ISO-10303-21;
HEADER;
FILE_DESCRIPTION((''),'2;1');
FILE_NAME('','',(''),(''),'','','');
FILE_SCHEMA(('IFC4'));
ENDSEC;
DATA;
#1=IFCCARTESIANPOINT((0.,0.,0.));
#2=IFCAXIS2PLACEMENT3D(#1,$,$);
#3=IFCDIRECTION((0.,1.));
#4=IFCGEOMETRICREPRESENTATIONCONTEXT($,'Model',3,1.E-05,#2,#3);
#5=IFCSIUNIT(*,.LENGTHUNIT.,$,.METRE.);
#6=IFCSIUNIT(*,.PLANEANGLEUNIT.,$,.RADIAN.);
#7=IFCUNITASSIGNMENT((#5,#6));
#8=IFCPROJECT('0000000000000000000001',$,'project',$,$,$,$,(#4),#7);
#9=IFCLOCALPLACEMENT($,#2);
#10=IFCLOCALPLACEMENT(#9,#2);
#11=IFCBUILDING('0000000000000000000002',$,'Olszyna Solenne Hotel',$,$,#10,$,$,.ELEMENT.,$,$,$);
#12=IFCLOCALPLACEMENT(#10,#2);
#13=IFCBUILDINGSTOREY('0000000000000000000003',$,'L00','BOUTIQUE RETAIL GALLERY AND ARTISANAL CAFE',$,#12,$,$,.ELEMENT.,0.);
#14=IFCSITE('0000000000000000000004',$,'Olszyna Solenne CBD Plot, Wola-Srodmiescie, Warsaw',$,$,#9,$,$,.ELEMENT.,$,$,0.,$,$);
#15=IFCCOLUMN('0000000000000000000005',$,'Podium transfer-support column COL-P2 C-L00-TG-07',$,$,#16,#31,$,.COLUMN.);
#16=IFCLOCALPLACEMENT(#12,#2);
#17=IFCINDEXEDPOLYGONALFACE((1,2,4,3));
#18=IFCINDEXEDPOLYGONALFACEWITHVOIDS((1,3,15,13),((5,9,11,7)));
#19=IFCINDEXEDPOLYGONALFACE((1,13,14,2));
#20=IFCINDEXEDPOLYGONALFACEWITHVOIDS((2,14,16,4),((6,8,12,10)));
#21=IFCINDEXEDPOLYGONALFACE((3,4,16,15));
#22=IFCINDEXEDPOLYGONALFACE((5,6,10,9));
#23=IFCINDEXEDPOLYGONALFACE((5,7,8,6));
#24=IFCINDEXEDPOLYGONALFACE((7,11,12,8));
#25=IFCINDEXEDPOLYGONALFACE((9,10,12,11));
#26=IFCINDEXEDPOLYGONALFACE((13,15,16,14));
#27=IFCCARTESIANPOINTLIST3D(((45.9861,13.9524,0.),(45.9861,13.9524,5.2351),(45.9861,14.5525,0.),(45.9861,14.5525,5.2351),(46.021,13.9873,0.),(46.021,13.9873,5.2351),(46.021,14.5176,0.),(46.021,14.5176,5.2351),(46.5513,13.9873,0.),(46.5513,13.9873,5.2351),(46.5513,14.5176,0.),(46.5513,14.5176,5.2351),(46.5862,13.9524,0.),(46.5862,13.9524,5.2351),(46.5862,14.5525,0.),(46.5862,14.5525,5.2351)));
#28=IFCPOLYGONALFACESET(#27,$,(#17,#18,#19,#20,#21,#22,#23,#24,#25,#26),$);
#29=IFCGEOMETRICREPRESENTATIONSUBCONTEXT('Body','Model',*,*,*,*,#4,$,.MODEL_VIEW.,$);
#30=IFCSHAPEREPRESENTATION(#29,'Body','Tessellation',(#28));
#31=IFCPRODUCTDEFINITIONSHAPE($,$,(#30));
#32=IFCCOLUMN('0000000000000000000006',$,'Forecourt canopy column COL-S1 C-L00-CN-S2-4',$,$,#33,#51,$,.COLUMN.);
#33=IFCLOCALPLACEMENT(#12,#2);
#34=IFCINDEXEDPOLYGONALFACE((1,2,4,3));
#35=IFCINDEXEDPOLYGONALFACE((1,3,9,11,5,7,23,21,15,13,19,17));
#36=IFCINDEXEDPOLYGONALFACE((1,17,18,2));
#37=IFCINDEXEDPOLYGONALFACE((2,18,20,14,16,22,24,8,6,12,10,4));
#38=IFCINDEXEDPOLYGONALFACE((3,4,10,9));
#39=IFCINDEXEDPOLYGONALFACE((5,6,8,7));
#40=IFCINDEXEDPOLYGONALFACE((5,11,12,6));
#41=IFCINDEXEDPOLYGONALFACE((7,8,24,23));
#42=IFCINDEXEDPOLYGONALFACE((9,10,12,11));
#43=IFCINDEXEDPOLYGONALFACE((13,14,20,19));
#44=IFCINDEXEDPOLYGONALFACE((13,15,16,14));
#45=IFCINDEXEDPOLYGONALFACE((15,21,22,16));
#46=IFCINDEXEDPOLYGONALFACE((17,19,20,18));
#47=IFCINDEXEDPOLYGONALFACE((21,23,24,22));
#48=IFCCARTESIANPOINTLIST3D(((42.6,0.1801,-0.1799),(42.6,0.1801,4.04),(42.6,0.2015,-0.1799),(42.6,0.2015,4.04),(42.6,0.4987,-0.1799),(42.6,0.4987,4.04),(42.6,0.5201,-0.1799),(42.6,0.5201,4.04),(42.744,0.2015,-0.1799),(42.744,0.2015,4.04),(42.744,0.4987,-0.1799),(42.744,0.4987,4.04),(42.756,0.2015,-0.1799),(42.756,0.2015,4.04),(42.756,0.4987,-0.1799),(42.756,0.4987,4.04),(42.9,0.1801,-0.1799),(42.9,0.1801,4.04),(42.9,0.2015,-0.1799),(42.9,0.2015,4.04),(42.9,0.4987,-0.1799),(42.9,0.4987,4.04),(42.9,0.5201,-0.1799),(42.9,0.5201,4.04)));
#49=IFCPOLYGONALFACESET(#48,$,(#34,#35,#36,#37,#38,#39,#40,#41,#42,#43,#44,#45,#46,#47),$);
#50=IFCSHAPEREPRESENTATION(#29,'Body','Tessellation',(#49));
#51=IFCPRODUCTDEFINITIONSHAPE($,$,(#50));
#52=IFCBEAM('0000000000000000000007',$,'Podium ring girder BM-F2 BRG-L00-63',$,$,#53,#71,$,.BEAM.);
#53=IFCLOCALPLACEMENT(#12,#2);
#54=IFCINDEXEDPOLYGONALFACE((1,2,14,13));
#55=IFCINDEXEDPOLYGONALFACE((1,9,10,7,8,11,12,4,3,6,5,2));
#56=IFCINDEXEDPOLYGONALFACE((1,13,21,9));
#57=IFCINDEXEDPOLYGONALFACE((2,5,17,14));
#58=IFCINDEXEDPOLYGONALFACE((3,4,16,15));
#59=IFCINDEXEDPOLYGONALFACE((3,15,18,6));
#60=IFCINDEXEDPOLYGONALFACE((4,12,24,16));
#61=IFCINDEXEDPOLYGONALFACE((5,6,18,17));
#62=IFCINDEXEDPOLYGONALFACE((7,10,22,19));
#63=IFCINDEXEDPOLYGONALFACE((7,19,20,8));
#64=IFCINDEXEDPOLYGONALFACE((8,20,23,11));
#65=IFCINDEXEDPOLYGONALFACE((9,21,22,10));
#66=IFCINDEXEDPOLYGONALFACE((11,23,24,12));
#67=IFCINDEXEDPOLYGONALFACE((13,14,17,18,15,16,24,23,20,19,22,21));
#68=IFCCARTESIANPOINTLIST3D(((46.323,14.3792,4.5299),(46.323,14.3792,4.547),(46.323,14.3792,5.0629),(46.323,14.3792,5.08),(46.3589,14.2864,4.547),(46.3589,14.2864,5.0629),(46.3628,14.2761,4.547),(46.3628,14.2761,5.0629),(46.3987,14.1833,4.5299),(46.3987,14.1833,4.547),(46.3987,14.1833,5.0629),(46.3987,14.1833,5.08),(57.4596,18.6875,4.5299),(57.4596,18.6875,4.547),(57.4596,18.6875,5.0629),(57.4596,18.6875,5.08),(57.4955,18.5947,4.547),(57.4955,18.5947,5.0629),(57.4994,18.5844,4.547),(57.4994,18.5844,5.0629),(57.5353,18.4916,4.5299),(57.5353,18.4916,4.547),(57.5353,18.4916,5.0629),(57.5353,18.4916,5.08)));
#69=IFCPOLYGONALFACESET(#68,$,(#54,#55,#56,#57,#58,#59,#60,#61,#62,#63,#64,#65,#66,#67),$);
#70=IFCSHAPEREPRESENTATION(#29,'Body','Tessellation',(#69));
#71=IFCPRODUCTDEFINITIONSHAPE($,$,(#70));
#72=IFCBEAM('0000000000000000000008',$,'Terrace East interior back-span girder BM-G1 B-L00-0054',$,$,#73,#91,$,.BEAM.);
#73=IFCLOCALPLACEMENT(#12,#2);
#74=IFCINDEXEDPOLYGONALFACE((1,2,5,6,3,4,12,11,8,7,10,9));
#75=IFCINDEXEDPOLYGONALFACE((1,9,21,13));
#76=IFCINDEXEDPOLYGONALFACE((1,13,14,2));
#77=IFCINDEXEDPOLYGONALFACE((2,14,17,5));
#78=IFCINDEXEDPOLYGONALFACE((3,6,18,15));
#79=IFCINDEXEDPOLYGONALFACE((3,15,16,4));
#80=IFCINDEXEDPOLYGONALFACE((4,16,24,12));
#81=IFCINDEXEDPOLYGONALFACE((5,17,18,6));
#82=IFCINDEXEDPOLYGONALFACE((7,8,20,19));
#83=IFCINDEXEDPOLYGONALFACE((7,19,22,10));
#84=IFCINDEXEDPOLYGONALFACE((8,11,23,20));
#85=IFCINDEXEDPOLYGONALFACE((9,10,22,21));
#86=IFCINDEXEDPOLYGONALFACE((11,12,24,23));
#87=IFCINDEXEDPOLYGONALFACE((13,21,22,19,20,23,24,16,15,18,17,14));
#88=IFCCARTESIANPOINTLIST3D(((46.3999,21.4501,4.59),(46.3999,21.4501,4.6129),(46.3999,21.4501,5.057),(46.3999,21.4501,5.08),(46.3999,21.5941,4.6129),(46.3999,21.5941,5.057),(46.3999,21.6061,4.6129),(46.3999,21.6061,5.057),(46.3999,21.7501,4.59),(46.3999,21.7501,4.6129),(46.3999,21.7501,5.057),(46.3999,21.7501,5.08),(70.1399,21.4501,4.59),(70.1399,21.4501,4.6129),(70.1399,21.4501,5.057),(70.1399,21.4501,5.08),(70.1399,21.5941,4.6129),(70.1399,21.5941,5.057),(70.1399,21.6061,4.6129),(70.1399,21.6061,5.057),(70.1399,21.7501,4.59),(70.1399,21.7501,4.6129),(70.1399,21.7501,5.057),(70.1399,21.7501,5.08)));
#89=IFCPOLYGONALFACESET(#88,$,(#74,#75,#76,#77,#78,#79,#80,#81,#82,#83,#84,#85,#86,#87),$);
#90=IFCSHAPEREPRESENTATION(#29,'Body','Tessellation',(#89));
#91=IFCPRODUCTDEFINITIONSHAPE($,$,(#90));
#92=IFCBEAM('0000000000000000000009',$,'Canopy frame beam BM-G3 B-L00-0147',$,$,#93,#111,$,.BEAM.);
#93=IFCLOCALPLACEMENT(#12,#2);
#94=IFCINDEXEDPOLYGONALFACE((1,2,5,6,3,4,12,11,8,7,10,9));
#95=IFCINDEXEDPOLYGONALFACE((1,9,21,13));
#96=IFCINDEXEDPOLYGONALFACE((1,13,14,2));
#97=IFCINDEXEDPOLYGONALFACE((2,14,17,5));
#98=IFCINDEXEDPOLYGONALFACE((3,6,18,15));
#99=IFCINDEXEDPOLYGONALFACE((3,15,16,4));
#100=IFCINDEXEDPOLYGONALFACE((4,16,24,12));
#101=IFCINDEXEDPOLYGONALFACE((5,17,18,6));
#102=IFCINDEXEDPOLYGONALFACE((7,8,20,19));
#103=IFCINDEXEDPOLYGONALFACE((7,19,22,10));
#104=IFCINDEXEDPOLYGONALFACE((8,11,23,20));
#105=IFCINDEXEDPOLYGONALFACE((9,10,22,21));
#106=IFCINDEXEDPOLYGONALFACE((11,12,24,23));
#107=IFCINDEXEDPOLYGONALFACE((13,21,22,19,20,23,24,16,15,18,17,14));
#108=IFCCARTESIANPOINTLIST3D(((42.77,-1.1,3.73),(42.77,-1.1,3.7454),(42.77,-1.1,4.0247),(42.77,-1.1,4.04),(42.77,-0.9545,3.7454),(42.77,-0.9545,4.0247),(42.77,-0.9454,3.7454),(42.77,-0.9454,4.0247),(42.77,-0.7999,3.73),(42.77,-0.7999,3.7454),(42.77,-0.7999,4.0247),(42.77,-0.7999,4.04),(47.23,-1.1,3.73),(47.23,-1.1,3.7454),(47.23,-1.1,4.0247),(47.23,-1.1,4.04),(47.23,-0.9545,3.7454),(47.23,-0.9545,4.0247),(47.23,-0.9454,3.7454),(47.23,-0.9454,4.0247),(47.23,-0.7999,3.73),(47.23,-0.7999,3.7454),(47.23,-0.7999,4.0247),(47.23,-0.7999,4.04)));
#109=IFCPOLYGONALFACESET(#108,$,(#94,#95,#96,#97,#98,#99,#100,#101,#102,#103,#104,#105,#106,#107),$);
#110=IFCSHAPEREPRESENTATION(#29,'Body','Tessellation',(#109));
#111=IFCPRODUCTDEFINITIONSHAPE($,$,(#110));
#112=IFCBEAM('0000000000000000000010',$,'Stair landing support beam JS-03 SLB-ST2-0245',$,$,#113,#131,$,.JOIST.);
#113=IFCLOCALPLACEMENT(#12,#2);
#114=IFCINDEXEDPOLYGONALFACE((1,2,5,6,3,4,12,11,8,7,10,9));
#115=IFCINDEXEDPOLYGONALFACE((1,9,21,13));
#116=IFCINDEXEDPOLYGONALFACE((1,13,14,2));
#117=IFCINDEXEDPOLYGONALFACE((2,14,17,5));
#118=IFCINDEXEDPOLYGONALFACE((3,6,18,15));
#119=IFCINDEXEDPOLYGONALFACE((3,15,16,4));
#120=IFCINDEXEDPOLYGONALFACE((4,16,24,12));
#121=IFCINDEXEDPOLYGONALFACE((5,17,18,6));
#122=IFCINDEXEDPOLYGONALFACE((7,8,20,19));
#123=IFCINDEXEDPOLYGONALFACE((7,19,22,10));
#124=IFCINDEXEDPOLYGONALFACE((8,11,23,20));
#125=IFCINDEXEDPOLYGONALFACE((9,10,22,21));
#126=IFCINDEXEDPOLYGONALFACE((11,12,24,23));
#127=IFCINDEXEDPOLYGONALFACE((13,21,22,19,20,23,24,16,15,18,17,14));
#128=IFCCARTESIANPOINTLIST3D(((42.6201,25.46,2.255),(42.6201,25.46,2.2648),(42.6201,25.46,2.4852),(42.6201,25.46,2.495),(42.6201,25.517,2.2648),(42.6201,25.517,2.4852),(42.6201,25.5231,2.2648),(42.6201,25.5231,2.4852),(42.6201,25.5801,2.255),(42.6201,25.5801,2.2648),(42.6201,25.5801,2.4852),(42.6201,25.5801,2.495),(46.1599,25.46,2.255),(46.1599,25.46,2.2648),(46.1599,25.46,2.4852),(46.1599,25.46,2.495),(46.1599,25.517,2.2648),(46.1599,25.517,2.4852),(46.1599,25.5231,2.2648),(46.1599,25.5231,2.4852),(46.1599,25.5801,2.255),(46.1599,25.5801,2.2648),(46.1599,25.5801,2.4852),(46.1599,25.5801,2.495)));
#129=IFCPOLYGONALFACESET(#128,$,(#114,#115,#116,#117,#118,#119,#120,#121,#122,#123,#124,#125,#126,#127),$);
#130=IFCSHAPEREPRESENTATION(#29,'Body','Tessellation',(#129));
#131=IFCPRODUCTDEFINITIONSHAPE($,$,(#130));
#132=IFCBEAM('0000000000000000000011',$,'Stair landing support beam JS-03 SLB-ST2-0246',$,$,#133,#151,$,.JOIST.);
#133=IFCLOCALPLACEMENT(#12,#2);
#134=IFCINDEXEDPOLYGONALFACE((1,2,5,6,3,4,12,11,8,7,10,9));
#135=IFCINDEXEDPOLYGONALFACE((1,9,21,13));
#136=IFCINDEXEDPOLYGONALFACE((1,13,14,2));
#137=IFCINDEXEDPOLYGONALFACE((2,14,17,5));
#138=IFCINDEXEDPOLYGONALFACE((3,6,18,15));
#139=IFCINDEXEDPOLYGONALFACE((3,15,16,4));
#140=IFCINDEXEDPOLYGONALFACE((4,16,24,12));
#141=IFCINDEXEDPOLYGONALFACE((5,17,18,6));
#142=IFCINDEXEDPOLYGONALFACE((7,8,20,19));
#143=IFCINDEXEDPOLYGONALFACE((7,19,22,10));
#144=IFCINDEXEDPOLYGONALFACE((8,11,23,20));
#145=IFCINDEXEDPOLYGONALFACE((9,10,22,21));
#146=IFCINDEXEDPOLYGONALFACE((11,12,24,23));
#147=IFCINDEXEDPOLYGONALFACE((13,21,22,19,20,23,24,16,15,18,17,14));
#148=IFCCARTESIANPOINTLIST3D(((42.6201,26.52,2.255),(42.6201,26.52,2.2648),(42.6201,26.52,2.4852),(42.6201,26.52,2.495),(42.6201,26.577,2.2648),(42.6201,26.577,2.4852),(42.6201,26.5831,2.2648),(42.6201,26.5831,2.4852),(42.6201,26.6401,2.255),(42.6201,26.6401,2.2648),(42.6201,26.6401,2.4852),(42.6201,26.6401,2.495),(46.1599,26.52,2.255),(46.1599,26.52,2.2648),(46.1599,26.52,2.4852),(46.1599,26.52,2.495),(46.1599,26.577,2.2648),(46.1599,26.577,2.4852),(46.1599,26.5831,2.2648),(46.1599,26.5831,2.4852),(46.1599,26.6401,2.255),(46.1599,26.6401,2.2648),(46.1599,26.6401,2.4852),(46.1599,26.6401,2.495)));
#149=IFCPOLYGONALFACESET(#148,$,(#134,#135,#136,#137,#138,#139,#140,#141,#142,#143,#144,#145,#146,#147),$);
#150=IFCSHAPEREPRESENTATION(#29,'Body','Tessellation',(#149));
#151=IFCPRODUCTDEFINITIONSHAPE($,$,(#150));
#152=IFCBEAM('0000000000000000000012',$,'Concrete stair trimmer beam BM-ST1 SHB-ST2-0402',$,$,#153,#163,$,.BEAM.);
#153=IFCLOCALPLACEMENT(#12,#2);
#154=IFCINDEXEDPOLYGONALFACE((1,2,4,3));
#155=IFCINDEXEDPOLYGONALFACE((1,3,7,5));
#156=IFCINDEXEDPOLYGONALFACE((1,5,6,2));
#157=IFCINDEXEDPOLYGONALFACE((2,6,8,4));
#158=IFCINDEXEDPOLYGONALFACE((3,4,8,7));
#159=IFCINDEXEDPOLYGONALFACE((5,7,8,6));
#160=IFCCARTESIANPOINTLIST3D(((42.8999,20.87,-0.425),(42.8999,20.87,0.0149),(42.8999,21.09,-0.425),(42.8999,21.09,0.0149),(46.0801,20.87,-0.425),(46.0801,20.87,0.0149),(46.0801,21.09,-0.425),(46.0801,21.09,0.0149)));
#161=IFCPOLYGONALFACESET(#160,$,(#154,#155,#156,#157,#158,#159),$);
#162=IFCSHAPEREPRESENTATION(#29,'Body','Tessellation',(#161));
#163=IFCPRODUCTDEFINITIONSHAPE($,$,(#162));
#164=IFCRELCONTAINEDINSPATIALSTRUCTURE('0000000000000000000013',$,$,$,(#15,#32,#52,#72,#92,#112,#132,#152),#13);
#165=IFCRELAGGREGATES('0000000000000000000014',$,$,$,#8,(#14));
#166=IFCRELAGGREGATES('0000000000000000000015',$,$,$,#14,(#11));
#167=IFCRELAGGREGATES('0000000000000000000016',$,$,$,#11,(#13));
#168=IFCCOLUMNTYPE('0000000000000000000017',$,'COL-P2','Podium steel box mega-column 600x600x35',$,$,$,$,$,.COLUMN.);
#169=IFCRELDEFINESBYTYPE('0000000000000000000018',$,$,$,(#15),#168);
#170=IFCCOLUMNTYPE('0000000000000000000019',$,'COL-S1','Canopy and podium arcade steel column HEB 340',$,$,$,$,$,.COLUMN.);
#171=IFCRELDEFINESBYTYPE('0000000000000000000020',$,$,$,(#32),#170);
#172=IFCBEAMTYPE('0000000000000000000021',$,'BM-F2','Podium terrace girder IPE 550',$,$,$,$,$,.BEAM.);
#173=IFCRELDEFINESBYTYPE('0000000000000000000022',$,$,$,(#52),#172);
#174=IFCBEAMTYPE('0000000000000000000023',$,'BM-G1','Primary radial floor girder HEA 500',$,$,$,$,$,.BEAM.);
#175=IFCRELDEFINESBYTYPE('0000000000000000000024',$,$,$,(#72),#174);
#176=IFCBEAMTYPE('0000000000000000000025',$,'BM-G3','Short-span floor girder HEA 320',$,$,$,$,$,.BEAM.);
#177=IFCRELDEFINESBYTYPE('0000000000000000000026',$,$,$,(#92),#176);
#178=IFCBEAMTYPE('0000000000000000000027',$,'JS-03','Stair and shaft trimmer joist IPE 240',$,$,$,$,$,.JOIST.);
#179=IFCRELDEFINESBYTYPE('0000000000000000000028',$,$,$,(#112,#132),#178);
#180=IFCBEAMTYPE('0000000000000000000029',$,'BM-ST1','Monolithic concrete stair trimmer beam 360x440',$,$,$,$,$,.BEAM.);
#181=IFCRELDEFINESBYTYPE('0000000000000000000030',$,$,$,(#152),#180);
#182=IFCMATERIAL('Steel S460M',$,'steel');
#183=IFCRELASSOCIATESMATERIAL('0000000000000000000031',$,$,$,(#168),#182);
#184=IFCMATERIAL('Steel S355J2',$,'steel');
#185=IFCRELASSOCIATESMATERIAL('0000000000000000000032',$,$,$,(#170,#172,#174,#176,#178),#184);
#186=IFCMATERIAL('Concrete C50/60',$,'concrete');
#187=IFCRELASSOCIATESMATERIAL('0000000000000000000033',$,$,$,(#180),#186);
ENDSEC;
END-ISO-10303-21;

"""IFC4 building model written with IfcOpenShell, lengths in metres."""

from ifc_helpers import new_model, si_unit, direction, frame, origin, origin_2d, place, context, subcontext, project, spatial, rectangle, hollow_rectangle, i_section, extrude, source, transform, mapped, material, material_profile, profile_set, type_object, element, save


model = new_model("IFC4")

# Units and contexts
model_context = context("Model", 3, precision=1e-05, world=origin(), true_north=direction((0.0, 1.0)))
body_context = subcontext(model_context, "Body", "Model", "MODEL_VIEW")
ifc_project = project(units=[si_unit("LENGTHUNIT", "METRE"), si_unit("PLANEANGLEUNIT", "RADIAN")], contexts=[model_context])

# Site, building, storey
site_placement = place(None, origin())
site = spatial("IfcSite", under=ifc_project, at=site_placement, Name="Olszyna Solenne CBD Plot, Wola-Srodmiescie, Warsaw", CompositionType="ELEMENT", RefElevation=0.0)
building_placement = place(site_placement, origin())
building = spatial("IfcBuilding", under=site, at=building_placement, Name="Olszyna Solenne Hotel", CompositionType="ELEMENT")
storey_placement = place(building_placement, origin())
storey = spatial("IfcBuildingStorey", under=building, at=storey_placement, Name="L00", Description="BOUTIQUE RETAIL GALLERY AND ARTISANAL CAFE", CompositionType="ELEMENT", Elevation=0.0)

# Columns
ifc_material_1 = material(Name="Steel S460M", Category="steel")
ifc_material_profile_1 = material_profile(ifc_material_1, hollow_rectangle(XDim=0.6001, YDim=0.6001, WallThickness=0.0349, at=origin_2d()), Name="SHS 600x600x35", Category="load-bearing")
ifc_profile_set_1 = profile_set([ifc_material_profile_1], Name="Steel S460M")
column_type_1 = type_object("IfcColumnType", Name="COL-P2", Description="Podium steel box mega-column 600x600x35", PredefinedType="COLUMN", material=ifc_profile_set_1)
shared_shape_1 = source(origin(), body_context, "Body", "SweptSolid", [
    extrude(hollow_rectangle(XDim=0.6001, YDim=0.6001, WallThickness=0.0349, at=origin_2d()), origin(), (0.0, 0.0, 1.0), 5.2351),
])
column_1_placement = place(storey_placement, frame((46.2861, 14.2524, 0.0), z_axis=(0.0, 0.0, 1.0), x_axis=(1.0, 0.0, 0.0)))
element("IfcColumn", 1, at=column_1_placement, inside=storey, type_object=column_type_1, Name="Podium transfer-support column COL-P2 C-L00-TG-07", PredefinedType="COLUMN", context=body_context, shape_type="MappedRepresentation", body=[
    mapped(shared_shape_1, transform((0.0, 0.0, 0.0), x_axis=(1.0, 0.0, 0.0), y_axis=(0.0, 1.0, 0.0), z_axis=(0.0, 0.0, 1.0), scale=1.0)),
])
ifc_material_2 = material(Name="Steel S355J2", Category="steel")
ifc_material_profile_2 = material_profile(ifc_material_2, i_section(OverallWidth=0.3, OverallDepth=0.3401, WebThickness=0.012, FlangeThickness=0.0215, at=origin_2d()), Name="HEB 340", Category="load-bearing")
ifc_profile_set_2 = profile_set([ifc_material_profile_2], Name="Steel S355J2")
column_type_2 = type_object("IfcColumnType", Name="COL-S1", Description="Canopy and podium arcade steel column HEB 340", PredefinedType="COLUMN", material=ifc_profile_set_2)
shared_shape_2 = source(origin(), body_context, "Body", "SweptSolid", [
    extrude(i_section(OverallWidth=0.3, OverallDepth=0.3401, WebThickness=0.012, FlangeThickness=0.0215, at=origin_2d()), origin(), (0.0, 0.0, 1.0), 4.22),
])
column_2_placement = place(storey_placement, frame((42.75, 0.3501, -0.1799), z_axis=(0.0, 0.0, 1.0), x_axis=(1.0, 0.0, 0.0)))
element("IfcColumn", 2, at=column_2_placement, inside=storey, type_object=column_type_2, Name="Forecourt canopy column COL-S1 C-L00-CN-S2-4", PredefinedType="COLUMN", context=body_context, shape_type="MappedRepresentation", body=[
    mapped(shared_shape_2, transform((0.0, 0.0, 0.0), x_axis=(1.0, 0.0, 0.0), y_axis=(0.0, 1.0, 0.0), z_axis=(0.0, 0.0, 1.0), scale=1.0)),
])

# Beams
ifc_material_profile_3 = material_profile(ifc_material_2, i_section(OverallWidth=0.21, OverallDepth=0.55, WebThickness=0.011, FlangeThickness=0.0171, at=origin_2d()), Name="IPE 550", Category="load-bearing")
ifc_profile_set_3 = profile_set([ifc_material_profile_3], Name="Steel S355J2")
beam_type_1 = type_object("IfcBeamType", Name="BM-F2", Description="Podium terrace girder IPE 550", PredefinedType="BEAM", material=ifc_profile_set_3)
shared_shape_3 = source(origin(), body_context, "Body", "SweptSolid", [
    extrude(i_section(OverallWidth=0.21, OverallDepth=0.55, WebThickness=0.011, FlangeThickness=0.0171, at=origin_2d()), origin(), (0.0, 0.0, 1.0), 11.9409),
])
beam_1_placement = place(storey_placement, frame((46.3608, 14.2812, 4.8049), z_axis=(0.932642, 0.360802, 0.0), x_axis=(-0.360802, 0.932642, 0.0)))
element("IfcBeam", 3, at=beam_1_placement, inside=storey, type_object=beam_type_1, Name="Podium ring girder BM-F2 BRG-L00-63", PredefinedType="BEAM", context=body_context, shape_type="MappedRepresentation", body=[
    mapped(shared_shape_3, transform((0.0, 0.0, 0.0), x_axis=(1.0, 0.0, 0.0), y_axis=(0.0, 1.0, 0.0), z_axis=(0.0, 0.0, 1.0), scale=1.0)),
])
ifc_material_profile_4 = material_profile(ifc_material_2, i_section(OverallWidth=0.3, OverallDepth=0.49, WebThickness=0.012, FlangeThickness=0.0229, at=origin_2d()), Name="HEA 500", Category="load-bearing")
ifc_profile_set_4 = profile_set([ifc_material_profile_4], Name="Steel S355J2")
beam_type_2 = type_object("IfcBeamType", Name="BM-G1", Description="Primary radial floor girder HEA 500", PredefinedType="BEAM", material=ifc_profile_set_4)
shared_shape_4 = source(origin(), body_context, "Body", "SweptSolid", [
    extrude(i_section(OverallWidth=0.3, OverallDepth=0.49, WebThickness=0.012, FlangeThickness=0.0229, at=origin_2d()), origin(), (0.0, 0.0, 1.0), 23.74),
])
beam_2_placement = place(storey_placement, frame((46.3999, 21.6001, 4.835), z_axis=(1.0, 0.0, 0.0), x_axis=(0.0, 1.0, 0.0)))
element("IfcBeam", 4, at=beam_2_placement, inside=storey, type_object=beam_type_2, Name="Terrace East interior back-span girder BM-G1 B-L00-0054", PredefinedType="BEAM", context=body_context, shape_type="MappedRepresentation", body=[
    mapped(shared_shape_4, transform((0.0, 0.0, 0.0), x_axis=(1.0, 0.0, 0.0), y_axis=(0.0, 1.0, 0.0), z_axis=(0.0, 0.0, 1.0), scale=1.0)),
])
ifc_material_profile_5 = material_profile(ifc_material_2, i_section(OverallWidth=0.3, OverallDepth=0.3101, WebThickness=0.009, FlangeThickness=0.0154, at=origin_2d()), Name="HEA 320", Category="load-bearing")
ifc_profile_set_5 = profile_set([ifc_material_profile_5], Name="Steel S355J2")
beam_type_3 = type_object("IfcBeamType", Name="BM-G3", Description="Short-span floor girder HEA 320", PredefinedType="BEAM", material=ifc_profile_set_5)
shared_shape_5 = source(origin(), body_context, "Body", "SweptSolid", [
    extrude(i_section(OverallWidth=0.3, OverallDepth=0.3101, WebThickness=0.009, FlangeThickness=0.0154, at=origin_2d()), origin(), (0.0, 0.0, 1.0), 4.46),
])
beam_3_placement = place(storey_placement, frame((42.77, -0.95, 3.885), z_axis=(1.0, 0.0, 0.0), x_axis=(0.0, 1.0, 0.0)))
element("IfcBeam", 5, at=beam_3_placement, inside=storey, type_object=beam_type_3, Name="Canopy frame beam BM-G3 B-L00-0147", PredefinedType="BEAM", context=body_context, shape_type="MappedRepresentation", body=[
    mapped(shared_shape_5, transform((0.0, 0.0, 0.0), x_axis=(1.0, 0.0, 0.0), y_axis=(0.0, 1.0, 0.0), z_axis=(0.0, 0.0, 1.0), scale=1.0)),
])
ifc_material_profile_6 = material_profile(ifc_material_2, i_section(OverallWidth=0.1201, OverallDepth=0.24, WebThickness=0.0061, FlangeThickness=0.0098, at=origin_2d()), Name="IPE 240", Category="load-bearing")
ifc_profile_set_6 = profile_set([ifc_material_profile_6], Name="Steel S355J2")
beam_type_4 = type_object("IfcBeamType", Name="JS-03", Description="Stair and shaft trimmer joist IPE 240", PredefinedType="JOIST", material=ifc_profile_set_6)
shared_shape_6 = source(origin(), body_context, "Body", "SweptSolid", [
    extrude(i_section(OverallWidth=0.1201, OverallDepth=0.24, WebThickness=0.0061, FlangeThickness=0.0098, at=origin_2d()), origin(), (0.0, 0.0, 1.0), 3.5398),
])
for number, where, z_axis, x_axis, name in (
    (6, (46.1599, 25.52, 2.375), (-1.0, 0.0, 0.0), (0.0, -1.0, 0.0), "Stair landing support beam JS-03 SLB-ST2-0245"),
    (7, (46.1599, 26.5801, 2.375), (-1.0, 0.0, 0.0), (0.0, -1.0, 0.0), "Stair landing support beam JS-03 SLB-ST2-0246"),
):
    element("IfcBeam", number, at=place(storey_placement, frame(where, z_axis=z_axis, x_axis=x_axis)), inside=storey, type_object=beam_type_4, Name=name, PredefinedType="JOIST", context=body_context, shape_type="MappedRepresentation", body=[
        mapped(shared_shape_6, transform((0.0, 0.0, 0.0), x_axis=(1.0, 0.0, 0.0), y_axis=(0.0, 1.0, 0.0), z_axis=(0.0, 0.0, 1.0), scale=1.0)),
    ])
ifc_material_3 = material(Name="Concrete C50/60", Category="concrete")
ifc_material_profile_7 = material_profile(ifc_material_3, rectangle(XDim=0.22, YDim=0.4399, at=origin_2d()), Name="RC 220x440", Category="load-bearing")
ifc_profile_set_7 = profile_set([ifc_material_profile_7], Name="Concrete C50/60")
beam_type_5 = type_object("IfcBeamType", Name="BM-ST1", Description="Monolithic concrete stair trimmer beam 360x440", PredefinedType="BEAM", material=ifc_profile_set_7)
shared_shape_7 = source(origin(), body_context, "Body", "SweptSolid", [
    extrude(rectangle(XDim=0.22, YDim=0.4399, at=origin_2d()), origin(), (0.0, 0.0, 1.0), 3.1802),
])
beam_4_placement = place(storey_placement, frame((46.0801, 20.98, -0.2051), z_axis=(-1.0, 0.0, 0.0), x_axis=(0.0, -1.0, 0.0)))
element("IfcBeam", 8, at=beam_4_placement, inside=storey, type_object=beam_type_5, Name="Concrete stair trimmer beam BM-ST1 SHB-ST2-0402", PredefinedType="BEAM", context=body_context, shape_type="MappedRepresentation", body=[
    mapped(shared_shape_7, transform((0.0, 0.0, 0.0), x_axis=(1.0, 0.0, 0.0), y_axis=(0.0, 1.0, 0.0), z_axis=(0.0, 0.0, 1.0), scale=1.0)),
])

save(model, "model.ifc")
